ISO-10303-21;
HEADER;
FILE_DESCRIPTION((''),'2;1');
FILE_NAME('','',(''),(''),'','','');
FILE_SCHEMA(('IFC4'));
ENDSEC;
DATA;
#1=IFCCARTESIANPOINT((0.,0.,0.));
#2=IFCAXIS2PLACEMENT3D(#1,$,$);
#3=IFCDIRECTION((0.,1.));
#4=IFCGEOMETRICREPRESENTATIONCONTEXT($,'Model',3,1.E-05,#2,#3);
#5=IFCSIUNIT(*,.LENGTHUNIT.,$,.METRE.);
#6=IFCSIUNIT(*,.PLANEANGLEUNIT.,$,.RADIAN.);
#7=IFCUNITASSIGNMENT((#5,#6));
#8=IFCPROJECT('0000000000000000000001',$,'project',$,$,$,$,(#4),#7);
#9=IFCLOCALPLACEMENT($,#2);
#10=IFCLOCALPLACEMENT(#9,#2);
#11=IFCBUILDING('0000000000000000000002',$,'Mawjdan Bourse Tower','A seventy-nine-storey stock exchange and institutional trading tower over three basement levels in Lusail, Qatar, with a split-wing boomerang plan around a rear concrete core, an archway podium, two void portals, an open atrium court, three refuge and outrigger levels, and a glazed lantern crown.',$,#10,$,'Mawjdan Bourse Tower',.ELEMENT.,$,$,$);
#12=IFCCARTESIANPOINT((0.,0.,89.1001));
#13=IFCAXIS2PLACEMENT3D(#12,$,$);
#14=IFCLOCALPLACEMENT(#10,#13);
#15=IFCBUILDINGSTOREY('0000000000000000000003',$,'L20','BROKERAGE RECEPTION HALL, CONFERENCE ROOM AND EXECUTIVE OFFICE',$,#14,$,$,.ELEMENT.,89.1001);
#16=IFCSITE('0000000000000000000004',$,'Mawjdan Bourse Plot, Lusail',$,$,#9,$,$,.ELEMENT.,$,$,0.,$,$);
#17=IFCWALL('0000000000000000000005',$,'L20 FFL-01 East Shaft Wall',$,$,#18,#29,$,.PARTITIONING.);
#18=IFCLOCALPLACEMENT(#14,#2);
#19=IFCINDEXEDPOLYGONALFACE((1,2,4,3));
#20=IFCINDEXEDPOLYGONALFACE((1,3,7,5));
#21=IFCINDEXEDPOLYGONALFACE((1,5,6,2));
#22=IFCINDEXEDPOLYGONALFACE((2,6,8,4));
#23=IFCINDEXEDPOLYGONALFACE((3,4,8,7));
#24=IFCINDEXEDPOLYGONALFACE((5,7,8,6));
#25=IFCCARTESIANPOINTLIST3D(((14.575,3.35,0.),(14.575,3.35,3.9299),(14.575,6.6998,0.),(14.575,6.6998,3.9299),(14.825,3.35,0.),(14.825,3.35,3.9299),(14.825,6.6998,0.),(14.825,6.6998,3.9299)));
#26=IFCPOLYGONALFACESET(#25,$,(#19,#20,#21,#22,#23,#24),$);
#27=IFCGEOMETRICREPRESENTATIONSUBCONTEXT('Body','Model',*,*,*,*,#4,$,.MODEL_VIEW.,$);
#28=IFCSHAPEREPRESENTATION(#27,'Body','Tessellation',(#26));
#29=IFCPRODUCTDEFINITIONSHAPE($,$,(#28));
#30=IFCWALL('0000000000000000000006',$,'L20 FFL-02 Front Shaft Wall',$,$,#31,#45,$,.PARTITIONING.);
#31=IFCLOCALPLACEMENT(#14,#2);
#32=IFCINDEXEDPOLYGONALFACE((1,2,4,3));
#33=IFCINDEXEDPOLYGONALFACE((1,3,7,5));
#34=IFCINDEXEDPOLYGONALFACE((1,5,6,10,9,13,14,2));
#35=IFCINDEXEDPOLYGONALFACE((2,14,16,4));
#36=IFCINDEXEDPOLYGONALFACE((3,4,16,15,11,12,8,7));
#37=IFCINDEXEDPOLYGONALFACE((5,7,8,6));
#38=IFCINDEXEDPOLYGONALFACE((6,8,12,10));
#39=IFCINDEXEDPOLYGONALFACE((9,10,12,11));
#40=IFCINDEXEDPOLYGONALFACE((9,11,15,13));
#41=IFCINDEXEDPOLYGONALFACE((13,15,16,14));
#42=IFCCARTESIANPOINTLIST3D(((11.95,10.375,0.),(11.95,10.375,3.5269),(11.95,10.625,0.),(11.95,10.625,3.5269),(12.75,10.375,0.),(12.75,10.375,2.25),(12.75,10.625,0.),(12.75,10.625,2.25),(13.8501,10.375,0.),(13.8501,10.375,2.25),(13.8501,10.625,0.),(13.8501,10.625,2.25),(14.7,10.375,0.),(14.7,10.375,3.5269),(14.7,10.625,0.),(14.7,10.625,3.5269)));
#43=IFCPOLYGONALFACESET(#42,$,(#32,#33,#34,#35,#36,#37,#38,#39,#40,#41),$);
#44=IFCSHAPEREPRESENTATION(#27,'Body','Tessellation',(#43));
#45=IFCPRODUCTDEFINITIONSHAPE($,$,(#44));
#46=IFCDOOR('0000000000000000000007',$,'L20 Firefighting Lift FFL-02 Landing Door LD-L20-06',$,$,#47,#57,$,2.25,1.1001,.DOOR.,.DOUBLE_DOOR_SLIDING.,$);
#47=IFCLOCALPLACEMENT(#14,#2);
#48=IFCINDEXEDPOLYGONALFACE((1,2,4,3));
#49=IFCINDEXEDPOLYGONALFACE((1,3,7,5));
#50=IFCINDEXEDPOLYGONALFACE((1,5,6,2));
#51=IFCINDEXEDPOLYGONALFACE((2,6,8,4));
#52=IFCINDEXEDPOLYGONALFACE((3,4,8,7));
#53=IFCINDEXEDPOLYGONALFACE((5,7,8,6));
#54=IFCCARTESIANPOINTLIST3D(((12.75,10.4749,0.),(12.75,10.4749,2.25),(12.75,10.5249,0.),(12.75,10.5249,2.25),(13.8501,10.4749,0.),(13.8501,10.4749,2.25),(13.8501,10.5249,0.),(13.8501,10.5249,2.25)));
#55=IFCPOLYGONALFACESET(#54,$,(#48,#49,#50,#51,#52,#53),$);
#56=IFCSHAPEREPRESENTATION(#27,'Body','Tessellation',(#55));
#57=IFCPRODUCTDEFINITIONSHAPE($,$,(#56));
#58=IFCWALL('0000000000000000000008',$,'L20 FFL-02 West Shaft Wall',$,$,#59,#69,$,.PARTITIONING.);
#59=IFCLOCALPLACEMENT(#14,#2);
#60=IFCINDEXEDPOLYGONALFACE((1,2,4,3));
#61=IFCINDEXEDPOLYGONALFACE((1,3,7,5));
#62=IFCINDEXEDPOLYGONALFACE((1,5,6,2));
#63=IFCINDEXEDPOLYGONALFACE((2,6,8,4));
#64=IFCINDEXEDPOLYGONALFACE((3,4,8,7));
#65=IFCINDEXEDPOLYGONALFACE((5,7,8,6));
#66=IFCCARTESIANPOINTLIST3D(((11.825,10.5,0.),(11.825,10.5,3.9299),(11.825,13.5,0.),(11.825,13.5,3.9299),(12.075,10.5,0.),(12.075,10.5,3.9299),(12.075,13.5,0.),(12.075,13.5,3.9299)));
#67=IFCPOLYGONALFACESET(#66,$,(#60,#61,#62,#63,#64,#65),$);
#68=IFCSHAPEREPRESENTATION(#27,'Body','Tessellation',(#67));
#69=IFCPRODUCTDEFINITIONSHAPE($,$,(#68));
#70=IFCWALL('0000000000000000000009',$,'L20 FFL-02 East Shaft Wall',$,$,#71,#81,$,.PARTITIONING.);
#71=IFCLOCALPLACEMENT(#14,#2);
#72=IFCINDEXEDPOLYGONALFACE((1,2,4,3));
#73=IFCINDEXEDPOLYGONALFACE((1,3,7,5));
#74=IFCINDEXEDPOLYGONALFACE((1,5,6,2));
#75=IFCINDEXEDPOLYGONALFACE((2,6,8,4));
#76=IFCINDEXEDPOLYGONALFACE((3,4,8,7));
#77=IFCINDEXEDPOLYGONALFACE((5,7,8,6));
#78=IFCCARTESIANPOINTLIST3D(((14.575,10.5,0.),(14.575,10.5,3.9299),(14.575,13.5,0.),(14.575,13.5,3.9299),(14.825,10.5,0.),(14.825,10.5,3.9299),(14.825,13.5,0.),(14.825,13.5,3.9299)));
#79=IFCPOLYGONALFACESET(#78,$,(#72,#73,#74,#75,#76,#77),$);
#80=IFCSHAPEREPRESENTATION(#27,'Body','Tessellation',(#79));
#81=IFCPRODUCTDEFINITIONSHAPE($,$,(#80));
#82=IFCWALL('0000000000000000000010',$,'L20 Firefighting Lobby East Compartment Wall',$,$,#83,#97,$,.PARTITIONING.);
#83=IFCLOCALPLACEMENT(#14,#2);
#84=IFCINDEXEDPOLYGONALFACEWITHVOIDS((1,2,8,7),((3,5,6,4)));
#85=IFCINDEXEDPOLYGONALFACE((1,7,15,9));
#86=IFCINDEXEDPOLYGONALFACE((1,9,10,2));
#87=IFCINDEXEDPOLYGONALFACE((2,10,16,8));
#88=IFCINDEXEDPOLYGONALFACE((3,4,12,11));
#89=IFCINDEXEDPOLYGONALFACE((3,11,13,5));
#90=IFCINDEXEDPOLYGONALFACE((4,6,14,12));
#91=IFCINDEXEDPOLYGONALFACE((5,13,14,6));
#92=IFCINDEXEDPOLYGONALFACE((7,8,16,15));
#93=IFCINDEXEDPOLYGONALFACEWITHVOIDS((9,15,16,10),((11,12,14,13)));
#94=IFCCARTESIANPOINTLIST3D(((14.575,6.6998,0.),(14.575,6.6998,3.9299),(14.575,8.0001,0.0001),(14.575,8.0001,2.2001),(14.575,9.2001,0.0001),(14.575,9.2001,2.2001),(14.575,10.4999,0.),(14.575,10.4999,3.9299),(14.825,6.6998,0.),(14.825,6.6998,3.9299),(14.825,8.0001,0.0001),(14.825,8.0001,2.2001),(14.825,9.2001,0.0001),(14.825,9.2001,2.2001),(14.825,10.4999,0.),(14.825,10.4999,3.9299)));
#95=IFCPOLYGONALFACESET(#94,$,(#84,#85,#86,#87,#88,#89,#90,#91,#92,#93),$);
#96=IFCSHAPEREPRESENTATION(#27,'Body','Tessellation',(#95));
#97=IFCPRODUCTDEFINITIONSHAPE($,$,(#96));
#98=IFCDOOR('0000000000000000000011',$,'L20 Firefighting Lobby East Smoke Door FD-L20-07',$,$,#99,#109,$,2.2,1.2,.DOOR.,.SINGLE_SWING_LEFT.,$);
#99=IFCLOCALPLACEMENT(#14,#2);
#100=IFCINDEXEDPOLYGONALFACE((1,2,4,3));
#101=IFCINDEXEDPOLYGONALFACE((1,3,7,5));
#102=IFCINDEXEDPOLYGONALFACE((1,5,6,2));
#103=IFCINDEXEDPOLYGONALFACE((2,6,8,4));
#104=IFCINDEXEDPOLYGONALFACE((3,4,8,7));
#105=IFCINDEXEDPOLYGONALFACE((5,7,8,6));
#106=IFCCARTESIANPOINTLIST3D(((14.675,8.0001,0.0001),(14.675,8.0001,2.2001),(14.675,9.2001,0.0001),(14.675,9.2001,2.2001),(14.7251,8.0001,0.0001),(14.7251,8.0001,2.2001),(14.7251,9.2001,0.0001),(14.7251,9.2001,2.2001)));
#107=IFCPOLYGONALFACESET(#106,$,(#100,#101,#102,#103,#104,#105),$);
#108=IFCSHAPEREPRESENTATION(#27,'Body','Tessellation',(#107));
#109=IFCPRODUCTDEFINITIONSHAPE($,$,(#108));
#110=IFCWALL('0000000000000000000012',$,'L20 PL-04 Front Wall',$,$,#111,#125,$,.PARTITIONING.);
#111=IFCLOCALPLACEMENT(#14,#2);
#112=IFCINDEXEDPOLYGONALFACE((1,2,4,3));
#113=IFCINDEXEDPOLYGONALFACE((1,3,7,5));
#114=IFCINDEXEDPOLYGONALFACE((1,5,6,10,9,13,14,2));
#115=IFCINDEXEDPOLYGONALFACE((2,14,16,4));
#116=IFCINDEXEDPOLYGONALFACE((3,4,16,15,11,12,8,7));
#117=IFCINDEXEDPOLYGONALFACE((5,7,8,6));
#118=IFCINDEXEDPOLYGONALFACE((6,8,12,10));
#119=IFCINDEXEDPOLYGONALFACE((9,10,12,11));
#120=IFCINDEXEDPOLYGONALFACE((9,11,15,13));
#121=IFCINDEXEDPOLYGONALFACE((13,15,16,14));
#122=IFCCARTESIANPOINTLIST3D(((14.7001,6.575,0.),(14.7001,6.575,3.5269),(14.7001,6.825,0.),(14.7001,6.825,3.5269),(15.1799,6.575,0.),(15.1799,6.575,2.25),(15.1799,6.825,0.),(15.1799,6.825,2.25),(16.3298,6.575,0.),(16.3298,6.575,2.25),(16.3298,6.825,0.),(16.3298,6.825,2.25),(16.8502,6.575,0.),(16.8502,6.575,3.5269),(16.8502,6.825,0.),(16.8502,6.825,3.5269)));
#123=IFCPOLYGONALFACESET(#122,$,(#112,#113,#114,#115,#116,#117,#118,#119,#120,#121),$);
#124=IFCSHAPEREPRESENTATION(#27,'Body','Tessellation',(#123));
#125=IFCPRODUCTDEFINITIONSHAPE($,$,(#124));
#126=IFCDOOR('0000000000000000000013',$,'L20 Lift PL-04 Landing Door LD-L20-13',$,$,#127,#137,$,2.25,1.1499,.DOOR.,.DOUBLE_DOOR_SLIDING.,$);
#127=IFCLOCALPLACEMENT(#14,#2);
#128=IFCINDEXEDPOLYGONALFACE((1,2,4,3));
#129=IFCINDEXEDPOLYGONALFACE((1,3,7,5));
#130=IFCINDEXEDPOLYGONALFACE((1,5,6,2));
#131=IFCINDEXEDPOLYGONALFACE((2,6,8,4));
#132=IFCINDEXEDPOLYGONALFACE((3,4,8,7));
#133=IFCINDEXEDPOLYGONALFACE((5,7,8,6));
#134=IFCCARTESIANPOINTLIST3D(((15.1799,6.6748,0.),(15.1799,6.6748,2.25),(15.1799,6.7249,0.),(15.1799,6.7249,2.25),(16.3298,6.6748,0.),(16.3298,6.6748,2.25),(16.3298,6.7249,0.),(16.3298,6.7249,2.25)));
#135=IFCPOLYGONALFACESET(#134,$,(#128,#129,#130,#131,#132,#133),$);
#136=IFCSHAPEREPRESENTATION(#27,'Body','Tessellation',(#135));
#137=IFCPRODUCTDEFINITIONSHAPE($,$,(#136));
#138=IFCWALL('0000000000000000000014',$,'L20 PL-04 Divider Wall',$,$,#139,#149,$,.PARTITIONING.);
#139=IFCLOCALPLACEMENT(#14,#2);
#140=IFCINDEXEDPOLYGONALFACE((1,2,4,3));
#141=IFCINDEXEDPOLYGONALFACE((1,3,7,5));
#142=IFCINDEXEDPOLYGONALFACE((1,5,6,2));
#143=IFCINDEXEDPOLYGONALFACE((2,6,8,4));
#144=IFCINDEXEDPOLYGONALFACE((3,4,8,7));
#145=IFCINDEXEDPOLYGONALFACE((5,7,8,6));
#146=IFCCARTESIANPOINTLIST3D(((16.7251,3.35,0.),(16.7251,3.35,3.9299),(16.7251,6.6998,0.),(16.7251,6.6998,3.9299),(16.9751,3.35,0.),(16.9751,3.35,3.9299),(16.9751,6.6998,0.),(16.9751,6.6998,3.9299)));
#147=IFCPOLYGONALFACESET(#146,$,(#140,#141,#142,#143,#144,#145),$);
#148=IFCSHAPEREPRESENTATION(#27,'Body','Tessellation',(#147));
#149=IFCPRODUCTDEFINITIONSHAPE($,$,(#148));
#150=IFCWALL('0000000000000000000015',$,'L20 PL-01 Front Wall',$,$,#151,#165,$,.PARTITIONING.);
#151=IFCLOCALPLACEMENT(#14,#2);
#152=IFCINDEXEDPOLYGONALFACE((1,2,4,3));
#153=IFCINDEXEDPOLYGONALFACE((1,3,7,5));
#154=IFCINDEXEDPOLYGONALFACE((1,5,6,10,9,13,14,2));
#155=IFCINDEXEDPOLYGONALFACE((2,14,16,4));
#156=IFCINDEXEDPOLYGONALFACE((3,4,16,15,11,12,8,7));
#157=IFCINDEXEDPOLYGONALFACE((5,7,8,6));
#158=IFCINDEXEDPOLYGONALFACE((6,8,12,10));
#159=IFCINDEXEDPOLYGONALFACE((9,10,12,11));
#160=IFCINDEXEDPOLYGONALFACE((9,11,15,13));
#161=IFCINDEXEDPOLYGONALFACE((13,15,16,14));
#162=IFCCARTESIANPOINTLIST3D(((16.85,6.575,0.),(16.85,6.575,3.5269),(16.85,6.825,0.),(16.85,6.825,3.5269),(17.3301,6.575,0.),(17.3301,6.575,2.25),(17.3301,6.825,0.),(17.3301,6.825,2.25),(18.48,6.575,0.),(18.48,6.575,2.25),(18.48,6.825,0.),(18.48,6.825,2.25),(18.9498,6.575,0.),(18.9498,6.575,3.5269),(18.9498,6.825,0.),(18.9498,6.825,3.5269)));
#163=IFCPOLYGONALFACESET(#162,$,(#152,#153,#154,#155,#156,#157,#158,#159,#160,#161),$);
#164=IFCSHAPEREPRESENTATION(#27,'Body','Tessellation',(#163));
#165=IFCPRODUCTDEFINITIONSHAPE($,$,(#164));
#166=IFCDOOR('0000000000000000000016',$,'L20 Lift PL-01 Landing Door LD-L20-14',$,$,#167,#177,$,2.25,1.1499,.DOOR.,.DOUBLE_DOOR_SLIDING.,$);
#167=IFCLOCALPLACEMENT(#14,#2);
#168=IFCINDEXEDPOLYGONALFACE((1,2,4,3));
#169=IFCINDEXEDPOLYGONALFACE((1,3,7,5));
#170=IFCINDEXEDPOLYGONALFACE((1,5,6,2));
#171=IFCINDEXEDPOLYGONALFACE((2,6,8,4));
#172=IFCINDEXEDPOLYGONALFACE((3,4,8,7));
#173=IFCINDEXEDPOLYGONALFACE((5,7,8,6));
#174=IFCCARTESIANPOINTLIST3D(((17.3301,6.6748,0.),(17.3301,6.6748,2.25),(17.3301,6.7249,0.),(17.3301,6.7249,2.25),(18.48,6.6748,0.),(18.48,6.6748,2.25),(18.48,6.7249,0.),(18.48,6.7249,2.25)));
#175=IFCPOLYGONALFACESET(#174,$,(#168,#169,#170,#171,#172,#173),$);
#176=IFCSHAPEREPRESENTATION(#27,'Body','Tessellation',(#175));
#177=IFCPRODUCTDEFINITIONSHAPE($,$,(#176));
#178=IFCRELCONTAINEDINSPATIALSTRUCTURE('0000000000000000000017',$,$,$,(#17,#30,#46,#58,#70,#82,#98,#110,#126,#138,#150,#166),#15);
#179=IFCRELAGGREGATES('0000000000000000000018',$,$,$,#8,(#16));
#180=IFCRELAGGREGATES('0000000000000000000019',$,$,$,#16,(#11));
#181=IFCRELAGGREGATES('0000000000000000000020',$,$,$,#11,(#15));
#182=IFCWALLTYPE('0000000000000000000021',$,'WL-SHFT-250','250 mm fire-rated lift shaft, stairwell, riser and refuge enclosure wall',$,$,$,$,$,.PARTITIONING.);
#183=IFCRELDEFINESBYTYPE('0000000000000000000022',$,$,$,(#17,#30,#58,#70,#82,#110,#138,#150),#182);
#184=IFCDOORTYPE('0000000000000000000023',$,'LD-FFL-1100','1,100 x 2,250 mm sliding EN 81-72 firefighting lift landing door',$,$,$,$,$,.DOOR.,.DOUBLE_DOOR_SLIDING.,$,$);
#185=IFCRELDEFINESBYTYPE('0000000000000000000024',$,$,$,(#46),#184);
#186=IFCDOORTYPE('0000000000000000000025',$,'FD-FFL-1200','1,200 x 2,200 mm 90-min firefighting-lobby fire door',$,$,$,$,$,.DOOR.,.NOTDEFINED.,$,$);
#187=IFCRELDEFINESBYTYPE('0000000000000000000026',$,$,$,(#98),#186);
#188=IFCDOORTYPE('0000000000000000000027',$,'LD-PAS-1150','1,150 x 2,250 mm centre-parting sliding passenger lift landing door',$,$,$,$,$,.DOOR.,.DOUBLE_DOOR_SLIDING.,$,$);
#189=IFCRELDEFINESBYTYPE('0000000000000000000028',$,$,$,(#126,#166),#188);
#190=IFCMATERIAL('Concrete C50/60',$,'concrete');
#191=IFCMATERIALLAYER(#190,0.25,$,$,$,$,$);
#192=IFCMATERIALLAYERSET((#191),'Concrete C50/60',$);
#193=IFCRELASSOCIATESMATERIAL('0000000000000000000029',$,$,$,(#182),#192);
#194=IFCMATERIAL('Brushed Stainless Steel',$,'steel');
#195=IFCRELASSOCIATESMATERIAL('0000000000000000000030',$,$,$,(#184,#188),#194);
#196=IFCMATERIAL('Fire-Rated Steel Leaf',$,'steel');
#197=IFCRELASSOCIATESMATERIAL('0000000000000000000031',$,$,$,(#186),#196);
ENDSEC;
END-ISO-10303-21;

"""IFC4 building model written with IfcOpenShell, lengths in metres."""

from ifc_helpers import new_model, si_unit, direction, frame, frame_2d, origin, place, context, subcontext, project, spatial, rectangle, extrude, material, layer, layer_set, type_object, element, fill, save


model = new_model("IFC4")

# Units and contexts
model_context = context("Model", 3, precision=1e-05, world=origin(), true_north=direction((0.0, 1.0)))
body_context = subcontext(model_context, "Body", "Model", "MODEL_VIEW")
ifc_project = project(units=[si_unit("LENGTHUNIT", "METRE"), si_unit("PLANEANGLEUNIT", "RADIAN")], contexts=[model_context])

# Site, building, storey
site_placement = place(None, origin())
site = spatial("IfcSite", under=ifc_project, at=site_placement, Name="Mawjdan Bourse Plot, Lusail", CompositionType="ELEMENT", RefElevation=0.0)
building_placement = place(site_placement, origin())
building = spatial("IfcBuilding", under=site, at=building_placement, Name="Mawjdan Bourse Tower", Description="A seventy-nine-storey stock exchange and institutional trading tower over three basement levels in Lusail, Qatar, with a split-wing boomerang plan around a rear concrete core, an archway podium, two void portals, an open atrium court, three refuge and outrigger levels, and a glazed lantern crown.", LongName="Mawjdan Bourse Tower", CompositionType="ELEMENT")
storey_placement = place(building_placement, frame((0.0, 0.0, 89.1001)))
storey = spatial("IfcBuildingStorey", under=building, at=storey_placement, Name="L20", Description="BROKERAGE RECEPTION HALL, CONFERENCE ROOM AND EXECUTIVE OFFICE", CompositionType="ELEMENT", Elevation=89.1001)

# Wall
ifc_material_1 = material(Name="Concrete C50/60", Category="concrete")
ifc_layer = layer(ifc_material_1, 0.25)
ifc_layer_set = layer_set([ifc_layer], Name="Concrete C50/60")
wall_type = type_object("IfcWallType", Name="WL-SHFT-250", Description="250 mm fire-rated lift shaft, stairwell, riser and refuge enclosure wall", PredefinedType="PARTITIONING", material=ifc_layer_set)
wall_1_placement = place(storey_placement, frame((14.7, 3.3501, 0.0), z_axis=(0.0, 0.0, 1.0), x_axis=(0.0, 1.0, 0.0)))
element("IfcWall", 1, at=wall_1_placement, inside=storey, type_object=wall_type, Name="L20 FFL-01 East Shaft Wall", PredefinedType="PARTITIONING", context=body_context, shape_type="SweptSolid", body=[
    extrude(rectangle(XDim=3.3499, YDim=0.25, at=frame_2d((1.6748, 0.0))), origin(), (0.0, 0.0, 1.0), 3.9299),
])

# Wall, opening, door
wall_2_placement = place(storey_placement, frame((11.95, 10.5, 0.0), z_axis=(0.0, 0.0, 1.0), x_axis=(1.0, 0.0, 0.0)))
wall_2 = element("IfcWall", 2, at=wall_2_placement, inside=storey, type_object=wall_type, Name="L20 FFL-02 Front Shaft Wall", PredefinedType="PARTITIONING", context=body_context, shape_type="SweptSolid", body=[
    extrude(rectangle(XDim=2.75, YDim=0.25, at=frame_2d((1.375, 0.0))), origin(), (0.0, 0.0, 1.0), 3.5269),
])
opening_1_placement = place(wall_2_placement, frame((0.8, 0.0, 0.0)))
opening_1 = element("IfcOpeningElement", 3, at=opening_1_placement, cuts=wall_2, PredefinedType="OPENING", context=body_context, shape_type="SweptSolid", body=[
    extrude(rectangle(XDim=1.1001, YDim=2.25, at=frame_2d((0.55, 1.125))), frame((0.0, 0.135, 0.0), z_axis=(0.0, -1.0, 0.0), x_axis=(1.0, 0.0, 0.0)), (0.0, 0.0, 1.0), 0.27),
])
ifc_material_2 = material(Name="Brushed Stainless Steel", Category="steel")
door_type_1 = type_object("IfcDoorType", Name="LD-FFL-1100", Description="1,100 x 2,250 mm sliding EN 81-72 firefighting lift landing door", OperationType="DOUBLE_DOOR_SLIDING", PredefinedType="DOOR", material=ifc_material_2)
door_1_placement = place(opening_1_placement, origin())
door_1 = element("IfcDoor", 4, at=door_1_placement, inside=storey, type_object=door_type_1, Name="L20 Firefighting Lift FFL-02 Landing Door LD-L20-06", OperationType="DOUBLE_DOOR_SLIDING", OverallHeight=2.25, OverallWidth=1.1001, PredefinedType="DOOR", context=body_context, shape_type="SweptSolid", body=[
    extrude(rectangle(XDim=1.1001, YDim=2.25, at=frame_2d((0.55, 1.125))), frame((0.0, 0.0249, 0.0), z_axis=(0.0, -1.0, 0.0), x_axis=(1.0, 0.0, 0.0)), (0.0, 0.0, 1.0), 0.05),
])
fill(opening_1, door_1)

# Walls
for number, where, z_axis, x_axis, name in (
    (5, (11.95, 10.5, 0.0), (0.0, 0.0, 1.0), (0.0, 1.0, 0.0), "L20 FFL-02 West Shaft Wall"),
    (6, (14.7, 10.5, 0.0), (0.0, 0.0, 1.0), (0.0, 1.0, 0.0), "L20 FFL-02 East Shaft Wall"),
):
    element("IfcWall", number, at=place(storey_placement, frame(where, z_axis=z_axis, x_axis=x_axis)), inside=storey, type_object=wall_type, Name=name, PredefinedType="PARTITIONING", context=body_context, shape_type="SweptSolid", body=[
        extrude(rectangle(XDim=3.0, YDim=0.25, at=frame_2d((1.5, 0.0))), origin(), (0.0, 0.0, 1.0), 3.9299),
    ])

# Walls, openings, doors
wall_3_placement = place(storey_placement, frame((14.7, 6.7, 0.0), z_axis=(0.0, 0.0, 1.0), x_axis=(0.0, 1.0, 0.0)))
wall_3 = element("IfcWall", 7, at=wall_3_placement, inside=storey, type_object=wall_type, Name="L20 Firefighting Lobby East Compartment Wall", PredefinedType="PARTITIONING", context=body_context, shape_type="SweptSolid", body=[
    extrude(rectangle(XDim=3.8, YDim=0.25, at=frame_2d((1.8999, 0.0))), origin(), (0.0, 0.0, 1.0), 3.9299),
])
opening_2_placement = place(wall_3_placement, frame((1.3, 0.0, 0.0)))
opening_2 = element("IfcOpeningElement", 8, at=opening_2_placement, cuts=wall_3, PredefinedType="OPENING", context=body_context, shape_type="SweptSolid", body=[
    extrude(rectangle(XDim=1.2, YDim=2.2, at=frame_2d((0.6001, 1.1001))), frame((0.0, 0.135, 0.0), z_axis=(0.0, -1.0, 0.0), x_axis=(1.0, 0.0, 0.0)), (0.0, 0.0, 1.0), 0.27),
])
ifc_material_3 = material(Name="Fire-Rated Steel Leaf", Category="steel")
door_type_2 = type_object("IfcDoorType", Name="FD-FFL-1200", Description="1,200 x 2,200 mm 90-min firefighting-lobby fire door", OperationType="NOTDEFINED", PredefinedType="DOOR", material=ifc_material_3)
door_2_placement = place(opening_2_placement, origin())
door_2 = element("IfcDoor", 9, at=door_2_placement, inside=storey, type_object=door_type_2, Name="L20 Firefighting Lobby East Smoke Door FD-L20-07", OperationType="SINGLE_SWING_LEFT", OverallHeight=2.2, OverallWidth=1.2, PredefinedType="DOOR", context=body_context, shape_type="SweptSolid", body=[
    extrude(rectangle(XDim=1.2, YDim=2.2, at=frame_2d((0.6001, 1.1001))), frame((0.0, 0.0249, 0.0), z_axis=(0.0, -1.0, 0.0), x_axis=(1.0, 0.0, 0.0)), (0.0, 0.0, 1.0), 0.05),
])
fill(opening_2, door_2)
wall_4_placement = place(storey_placement, frame((14.7, 6.7, 0.0), z_axis=(0.0, 0.0, 1.0), x_axis=(1.0, 0.0, 0.0)))
wall_4 = element("IfcWall", 10, at=wall_4_placement, inside=storey, type_object=wall_type, Name="L20 PL-04 Front Wall", PredefinedType="PARTITIONING", context=body_context, shape_type="SweptSolid", body=[
    extrude(rectangle(XDim=2.1501, YDim=0.25, at=frame_2d((1.0752, 0.0))), origin(), (0.0, 0.0, 1.0), 3.5269),
])
opening_3_placement = place(wall_4_placement, frame((0.48, 0.0, 0.0)))
opening_3 = element("IfcOpeningElement", 11, at=opening_3_placement, cuts=wall_4, PredefinedType="OPENING", context=body_context, shape_type="SweptSolid", body=[
    extrude(rectangle(XDim=1.1499, YDim=2.25, at=frame_2d((0.575, 1.125))), frame((0.0, 0.135, 0.0), z_axis=(0.0, -1.0, 0.0), x_axis=(1.0, 0.0, 0.0)), (0.0, 0.0, 1.0), 0.27),
])
door_type_3 = type_object("IfcDoorType", Name="LD-PAS-1150", Description="1,150 x 2,250 mm centre-parting sliding passenger lift landing door", OperationType="DOUBLE_DOOR_SLIDING", PredefinedType="DOOR", material=ifc_material_2)
door_3_placement = place(opening_3_placement, origin())
door_3 = element("IfcDoor", 12, at=door_3_placement, inside=storey, type_object=door_type_3, Name="L20 Lift PL-04 Landing Door LD-L20-13", OperationType="DOUBLE_DOOR_SLIDING", OverallHeight=2.25, OverallWidth=1.1499, PredefinedType="DOOR", context=body_context, shape_type="SweptSolid", body=[
    extrude(rectangle(XDim=1.1499, YDim=2.25, at=frame_2d((0.575, 1.125))), frame((0.0, 0.0249, 0.0), z_axis=(0.0, -1.0, 0.0), x_axis=(1.0, 0.0, 0.0)), (0.0, 0.0, 1.0), 0.05),
])
fill(opening_3, door_3)

# Wall
wall_5_placement = place(storey_placement, frame((16.8501, 3.3501, 0.0), z_axis=(0.0, 0.0, 1.0), x_axis=(0.0, 1.0, 0.0)))
element("IfcWall", 13, at=wall_5_placement, inside=storey, type_object=wall_type, Name="L20 PL-04 Divider Wall", PredefinedType="PARTITIONING", context=body_context, shape_type="SweptSolid", body=[
    extrude(rectangle(XDim=3.3499, YDim=0.25, at=frame_2d((1.6748, 0.0))), origin(), (0.0, 0.0, 1.0), 3.9299),
])

# Wall, opening, door
wall_6_placement = place(storey_placement, frame((16.8501, 6.7, 0.0), z_axis=(0.0, 0.0, 1.0), x_axis=(1.0, 0.0, 0.0)))
wall_6 = element("IfcWall", 14, at=wall_6_placement, inside=storey, type_object=wall_type, Name="L20 PL-01 Front Wall", PredefinedType="PARTITIONING", context=body_context, shape_type="SweptSolid", body=[
    extrude(rectangle(XDim=2.0999, YDim=0.25, at=frame_2d((1.0498, 0.0))), origin(), (0.0, 0.0, 1.0), 3.5269),
])
opening_4_placement = place(wall_6_placement, frame((0.48, 0.0, 0.0)))
opening_4 = element("IfcOpeningElement", 15, at=opening_4_placement, cuts=wall_6, PredefinedType="OPENING", context=body_context, shape_type="SweptSolid", body=[
    extrude(rectangle(XDim=1.1499, YDim=2.25, at=frame_2d((0.575, 1.125))), frame((0.0, 0.135, 0.0), z_axis=(0.0, -1.0, 0.0), x_axis=(1.0, 0.0, 0.0)), (0.0, 0.0, 1.0), 0.27),
])
door_4_placement = place(opening_4_placement, origin())
door_4 = element("IfcDoor", 16, at=door_4_placement, inside=storey, type_object=door_type_3, Name="L20 Lift PL-01 Landing Door LD-L20-14", OperationType="DOUBLE_DOOR_SLIDING", OverallHeight=2.25, OverallWidth=1.1499, PredefinedType="DOOR", context=body_context, shape_type="SweptSolid", body=[
    extrude(rectangle(XDim=1.1499, YDim=2.25, at=frame_2d((0.575, 1.125))), frame((0.0, 0.0249, 0.0), z_axis=(0.0, -1.0, 0.0), x_axis=(1.0, 0.0, 0.0)), (0.0, 0.0, 1.0), 0.05),
])
fill(opening_4, door_4)

save(model, "model.ifc")
